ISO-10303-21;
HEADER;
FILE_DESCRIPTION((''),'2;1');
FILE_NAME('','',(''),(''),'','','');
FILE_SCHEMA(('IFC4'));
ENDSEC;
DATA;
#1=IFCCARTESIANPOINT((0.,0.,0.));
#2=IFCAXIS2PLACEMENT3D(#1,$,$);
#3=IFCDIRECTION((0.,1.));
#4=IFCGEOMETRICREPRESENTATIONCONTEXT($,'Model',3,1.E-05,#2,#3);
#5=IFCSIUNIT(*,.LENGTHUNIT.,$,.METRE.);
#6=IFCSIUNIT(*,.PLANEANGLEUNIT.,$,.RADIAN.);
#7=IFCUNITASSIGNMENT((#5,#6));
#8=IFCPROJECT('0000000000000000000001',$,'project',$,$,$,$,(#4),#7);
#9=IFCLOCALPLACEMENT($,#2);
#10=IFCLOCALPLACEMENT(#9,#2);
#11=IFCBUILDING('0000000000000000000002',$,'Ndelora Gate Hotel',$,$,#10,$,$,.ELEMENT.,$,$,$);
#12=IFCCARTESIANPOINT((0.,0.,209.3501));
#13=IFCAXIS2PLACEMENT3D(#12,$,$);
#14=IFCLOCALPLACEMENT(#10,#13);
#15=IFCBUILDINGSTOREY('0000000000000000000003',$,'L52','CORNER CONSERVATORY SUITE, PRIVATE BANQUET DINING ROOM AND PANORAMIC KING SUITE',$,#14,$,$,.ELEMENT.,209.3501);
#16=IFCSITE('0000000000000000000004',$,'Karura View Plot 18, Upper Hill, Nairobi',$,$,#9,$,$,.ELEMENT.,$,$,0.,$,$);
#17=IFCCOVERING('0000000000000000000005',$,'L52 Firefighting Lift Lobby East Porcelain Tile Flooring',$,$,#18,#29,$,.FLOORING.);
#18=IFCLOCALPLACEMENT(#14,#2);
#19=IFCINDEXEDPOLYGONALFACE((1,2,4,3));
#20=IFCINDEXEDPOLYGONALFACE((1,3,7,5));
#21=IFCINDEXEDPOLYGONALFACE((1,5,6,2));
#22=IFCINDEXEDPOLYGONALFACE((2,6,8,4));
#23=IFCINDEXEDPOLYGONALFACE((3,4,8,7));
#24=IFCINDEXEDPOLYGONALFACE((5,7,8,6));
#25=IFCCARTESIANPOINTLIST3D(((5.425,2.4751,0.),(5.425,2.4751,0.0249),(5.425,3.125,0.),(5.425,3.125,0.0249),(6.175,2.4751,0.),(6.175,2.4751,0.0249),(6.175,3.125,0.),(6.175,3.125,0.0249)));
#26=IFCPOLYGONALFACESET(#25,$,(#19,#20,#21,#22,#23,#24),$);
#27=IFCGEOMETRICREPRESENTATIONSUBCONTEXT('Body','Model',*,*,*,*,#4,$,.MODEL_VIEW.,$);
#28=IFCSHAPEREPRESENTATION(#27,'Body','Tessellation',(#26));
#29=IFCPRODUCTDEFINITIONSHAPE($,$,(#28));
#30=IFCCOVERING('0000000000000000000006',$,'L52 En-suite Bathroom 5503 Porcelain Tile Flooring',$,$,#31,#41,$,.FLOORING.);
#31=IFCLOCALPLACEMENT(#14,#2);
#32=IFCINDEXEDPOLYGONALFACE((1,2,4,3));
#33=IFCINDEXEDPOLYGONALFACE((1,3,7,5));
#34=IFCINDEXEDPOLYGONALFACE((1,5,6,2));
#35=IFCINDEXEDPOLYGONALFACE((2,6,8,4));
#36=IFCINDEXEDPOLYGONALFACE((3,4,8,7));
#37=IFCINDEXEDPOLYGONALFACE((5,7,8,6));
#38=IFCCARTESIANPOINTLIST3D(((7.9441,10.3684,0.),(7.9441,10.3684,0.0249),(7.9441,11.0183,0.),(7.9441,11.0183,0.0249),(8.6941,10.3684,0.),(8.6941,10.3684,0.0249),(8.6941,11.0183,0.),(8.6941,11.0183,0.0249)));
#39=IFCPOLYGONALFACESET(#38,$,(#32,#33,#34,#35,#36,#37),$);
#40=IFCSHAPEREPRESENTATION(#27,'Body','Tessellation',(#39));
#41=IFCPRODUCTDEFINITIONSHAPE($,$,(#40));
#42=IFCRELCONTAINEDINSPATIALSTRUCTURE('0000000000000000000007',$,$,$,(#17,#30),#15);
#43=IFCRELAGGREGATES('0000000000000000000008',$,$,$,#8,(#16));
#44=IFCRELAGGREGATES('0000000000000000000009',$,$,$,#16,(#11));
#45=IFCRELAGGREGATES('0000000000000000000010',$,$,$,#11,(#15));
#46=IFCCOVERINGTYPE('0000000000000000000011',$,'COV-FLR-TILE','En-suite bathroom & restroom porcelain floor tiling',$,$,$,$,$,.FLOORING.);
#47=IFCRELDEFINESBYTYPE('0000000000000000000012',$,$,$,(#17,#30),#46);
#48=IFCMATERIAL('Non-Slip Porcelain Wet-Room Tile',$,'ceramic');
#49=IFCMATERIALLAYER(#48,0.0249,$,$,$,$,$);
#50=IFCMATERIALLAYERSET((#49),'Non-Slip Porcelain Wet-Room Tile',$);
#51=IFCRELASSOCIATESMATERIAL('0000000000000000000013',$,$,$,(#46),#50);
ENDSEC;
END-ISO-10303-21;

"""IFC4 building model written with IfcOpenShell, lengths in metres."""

from ifc_helpers import new_model, si_unit, direction, frame, origin, origin_2d, place, context, subcontext, project, spatial, rectangle, extrude, material, layer, layer_set, type_object, element, save


model = new_model("IFC4")

# Units and contexts
model_context = context("Model", 3, precision=1e-05, world=origin(), true_north=direction((0.0, 1.0)))
body_context = subcontext(model_context, "Body", "Model", "MODEL_VIEW")
ifc_project = project(units=[si_unit("LENGTHUNIT", "METRE"), si_unit("PLANEANGLEUNIT", "RADIAN")], contexts=[model_context])

# Site, building, storey
site_placement = place(None, origin())
site = spatial("IfcSite", under=ifc_project, at=site_placement, Name="Karura View Plot 18, Upper Hill, Nairobi", CompositionType="ELEMENT", RefElevation=0.0)
building_placement = place(site_placement, origin())
building = spatial("IfcBuilding", under=site, at=building_placement, Name="Ndelora Gate Hotel", CompositionType="ELEMENT")
storey_placement = place(building_placement, frame((0.0, 0.0, 209.3501)))
storey = spatial("IfcBuildingStorey", under=building, at=storey_placement, Name="L52", Description="CORNER CONSERVATORY SUITE, PRIVATE BANQUET DINING ROOM AND PANORAMIC KING SUITE", CompositionType="ELEMENT", Elevation=209.3501)

# Coverings
ifc_material_1 = material(Name="Non-Slip Porcelain Wet-Room Tile", Category="ceramic")
ifc_layer_1 = layer(ifc_material_1, 0.0249)
ifc_layer_set_1 = layer_set([ifc_layer_1], Name="Non-Slip Porcelain Wet-Room Tile")
covering_type_1 = type_object("IfcCoveringType", Name="COV-FLR-TILE", Description="En-suite bathroom & restroom porcelain floor tiling", PredefinedType="FLOORING", material=ifc_layer_set_1)
for number, where, z_axis, x_axis, name in (
    (1, (5.8, 2.8, 0.0), (0.0, 0.0, 1.0), (1.0, 0.0, 0.0), "L52 Firefighting Lift Lobby East Porcelain Tile Flooring"),
    (2, (8.3191, 10.6934, 0.0), (0.0, 0.0, 1.0), (1.0, 0.0, 0.0), "L52 En-suite Bathroom 5503 Porcelain Tile Flooring"),
):
    element("IfcCovering", number, at=place(storey_placement, frame(where, z_axis=z_axis, x_axis=x_axis)), inside=storey, type_object=covering_type_1, Name=name, PredefinedType="FLOORING", context=body_context, shape_type="SweptSolid", body=[
        extrude(rectangle(XDim=0.75, YDim=0.6499, at=origin_2d()), origin(), (0.0, 0.0, 1.0), 0.0249),
    ])

save(model, "model.ifc")
